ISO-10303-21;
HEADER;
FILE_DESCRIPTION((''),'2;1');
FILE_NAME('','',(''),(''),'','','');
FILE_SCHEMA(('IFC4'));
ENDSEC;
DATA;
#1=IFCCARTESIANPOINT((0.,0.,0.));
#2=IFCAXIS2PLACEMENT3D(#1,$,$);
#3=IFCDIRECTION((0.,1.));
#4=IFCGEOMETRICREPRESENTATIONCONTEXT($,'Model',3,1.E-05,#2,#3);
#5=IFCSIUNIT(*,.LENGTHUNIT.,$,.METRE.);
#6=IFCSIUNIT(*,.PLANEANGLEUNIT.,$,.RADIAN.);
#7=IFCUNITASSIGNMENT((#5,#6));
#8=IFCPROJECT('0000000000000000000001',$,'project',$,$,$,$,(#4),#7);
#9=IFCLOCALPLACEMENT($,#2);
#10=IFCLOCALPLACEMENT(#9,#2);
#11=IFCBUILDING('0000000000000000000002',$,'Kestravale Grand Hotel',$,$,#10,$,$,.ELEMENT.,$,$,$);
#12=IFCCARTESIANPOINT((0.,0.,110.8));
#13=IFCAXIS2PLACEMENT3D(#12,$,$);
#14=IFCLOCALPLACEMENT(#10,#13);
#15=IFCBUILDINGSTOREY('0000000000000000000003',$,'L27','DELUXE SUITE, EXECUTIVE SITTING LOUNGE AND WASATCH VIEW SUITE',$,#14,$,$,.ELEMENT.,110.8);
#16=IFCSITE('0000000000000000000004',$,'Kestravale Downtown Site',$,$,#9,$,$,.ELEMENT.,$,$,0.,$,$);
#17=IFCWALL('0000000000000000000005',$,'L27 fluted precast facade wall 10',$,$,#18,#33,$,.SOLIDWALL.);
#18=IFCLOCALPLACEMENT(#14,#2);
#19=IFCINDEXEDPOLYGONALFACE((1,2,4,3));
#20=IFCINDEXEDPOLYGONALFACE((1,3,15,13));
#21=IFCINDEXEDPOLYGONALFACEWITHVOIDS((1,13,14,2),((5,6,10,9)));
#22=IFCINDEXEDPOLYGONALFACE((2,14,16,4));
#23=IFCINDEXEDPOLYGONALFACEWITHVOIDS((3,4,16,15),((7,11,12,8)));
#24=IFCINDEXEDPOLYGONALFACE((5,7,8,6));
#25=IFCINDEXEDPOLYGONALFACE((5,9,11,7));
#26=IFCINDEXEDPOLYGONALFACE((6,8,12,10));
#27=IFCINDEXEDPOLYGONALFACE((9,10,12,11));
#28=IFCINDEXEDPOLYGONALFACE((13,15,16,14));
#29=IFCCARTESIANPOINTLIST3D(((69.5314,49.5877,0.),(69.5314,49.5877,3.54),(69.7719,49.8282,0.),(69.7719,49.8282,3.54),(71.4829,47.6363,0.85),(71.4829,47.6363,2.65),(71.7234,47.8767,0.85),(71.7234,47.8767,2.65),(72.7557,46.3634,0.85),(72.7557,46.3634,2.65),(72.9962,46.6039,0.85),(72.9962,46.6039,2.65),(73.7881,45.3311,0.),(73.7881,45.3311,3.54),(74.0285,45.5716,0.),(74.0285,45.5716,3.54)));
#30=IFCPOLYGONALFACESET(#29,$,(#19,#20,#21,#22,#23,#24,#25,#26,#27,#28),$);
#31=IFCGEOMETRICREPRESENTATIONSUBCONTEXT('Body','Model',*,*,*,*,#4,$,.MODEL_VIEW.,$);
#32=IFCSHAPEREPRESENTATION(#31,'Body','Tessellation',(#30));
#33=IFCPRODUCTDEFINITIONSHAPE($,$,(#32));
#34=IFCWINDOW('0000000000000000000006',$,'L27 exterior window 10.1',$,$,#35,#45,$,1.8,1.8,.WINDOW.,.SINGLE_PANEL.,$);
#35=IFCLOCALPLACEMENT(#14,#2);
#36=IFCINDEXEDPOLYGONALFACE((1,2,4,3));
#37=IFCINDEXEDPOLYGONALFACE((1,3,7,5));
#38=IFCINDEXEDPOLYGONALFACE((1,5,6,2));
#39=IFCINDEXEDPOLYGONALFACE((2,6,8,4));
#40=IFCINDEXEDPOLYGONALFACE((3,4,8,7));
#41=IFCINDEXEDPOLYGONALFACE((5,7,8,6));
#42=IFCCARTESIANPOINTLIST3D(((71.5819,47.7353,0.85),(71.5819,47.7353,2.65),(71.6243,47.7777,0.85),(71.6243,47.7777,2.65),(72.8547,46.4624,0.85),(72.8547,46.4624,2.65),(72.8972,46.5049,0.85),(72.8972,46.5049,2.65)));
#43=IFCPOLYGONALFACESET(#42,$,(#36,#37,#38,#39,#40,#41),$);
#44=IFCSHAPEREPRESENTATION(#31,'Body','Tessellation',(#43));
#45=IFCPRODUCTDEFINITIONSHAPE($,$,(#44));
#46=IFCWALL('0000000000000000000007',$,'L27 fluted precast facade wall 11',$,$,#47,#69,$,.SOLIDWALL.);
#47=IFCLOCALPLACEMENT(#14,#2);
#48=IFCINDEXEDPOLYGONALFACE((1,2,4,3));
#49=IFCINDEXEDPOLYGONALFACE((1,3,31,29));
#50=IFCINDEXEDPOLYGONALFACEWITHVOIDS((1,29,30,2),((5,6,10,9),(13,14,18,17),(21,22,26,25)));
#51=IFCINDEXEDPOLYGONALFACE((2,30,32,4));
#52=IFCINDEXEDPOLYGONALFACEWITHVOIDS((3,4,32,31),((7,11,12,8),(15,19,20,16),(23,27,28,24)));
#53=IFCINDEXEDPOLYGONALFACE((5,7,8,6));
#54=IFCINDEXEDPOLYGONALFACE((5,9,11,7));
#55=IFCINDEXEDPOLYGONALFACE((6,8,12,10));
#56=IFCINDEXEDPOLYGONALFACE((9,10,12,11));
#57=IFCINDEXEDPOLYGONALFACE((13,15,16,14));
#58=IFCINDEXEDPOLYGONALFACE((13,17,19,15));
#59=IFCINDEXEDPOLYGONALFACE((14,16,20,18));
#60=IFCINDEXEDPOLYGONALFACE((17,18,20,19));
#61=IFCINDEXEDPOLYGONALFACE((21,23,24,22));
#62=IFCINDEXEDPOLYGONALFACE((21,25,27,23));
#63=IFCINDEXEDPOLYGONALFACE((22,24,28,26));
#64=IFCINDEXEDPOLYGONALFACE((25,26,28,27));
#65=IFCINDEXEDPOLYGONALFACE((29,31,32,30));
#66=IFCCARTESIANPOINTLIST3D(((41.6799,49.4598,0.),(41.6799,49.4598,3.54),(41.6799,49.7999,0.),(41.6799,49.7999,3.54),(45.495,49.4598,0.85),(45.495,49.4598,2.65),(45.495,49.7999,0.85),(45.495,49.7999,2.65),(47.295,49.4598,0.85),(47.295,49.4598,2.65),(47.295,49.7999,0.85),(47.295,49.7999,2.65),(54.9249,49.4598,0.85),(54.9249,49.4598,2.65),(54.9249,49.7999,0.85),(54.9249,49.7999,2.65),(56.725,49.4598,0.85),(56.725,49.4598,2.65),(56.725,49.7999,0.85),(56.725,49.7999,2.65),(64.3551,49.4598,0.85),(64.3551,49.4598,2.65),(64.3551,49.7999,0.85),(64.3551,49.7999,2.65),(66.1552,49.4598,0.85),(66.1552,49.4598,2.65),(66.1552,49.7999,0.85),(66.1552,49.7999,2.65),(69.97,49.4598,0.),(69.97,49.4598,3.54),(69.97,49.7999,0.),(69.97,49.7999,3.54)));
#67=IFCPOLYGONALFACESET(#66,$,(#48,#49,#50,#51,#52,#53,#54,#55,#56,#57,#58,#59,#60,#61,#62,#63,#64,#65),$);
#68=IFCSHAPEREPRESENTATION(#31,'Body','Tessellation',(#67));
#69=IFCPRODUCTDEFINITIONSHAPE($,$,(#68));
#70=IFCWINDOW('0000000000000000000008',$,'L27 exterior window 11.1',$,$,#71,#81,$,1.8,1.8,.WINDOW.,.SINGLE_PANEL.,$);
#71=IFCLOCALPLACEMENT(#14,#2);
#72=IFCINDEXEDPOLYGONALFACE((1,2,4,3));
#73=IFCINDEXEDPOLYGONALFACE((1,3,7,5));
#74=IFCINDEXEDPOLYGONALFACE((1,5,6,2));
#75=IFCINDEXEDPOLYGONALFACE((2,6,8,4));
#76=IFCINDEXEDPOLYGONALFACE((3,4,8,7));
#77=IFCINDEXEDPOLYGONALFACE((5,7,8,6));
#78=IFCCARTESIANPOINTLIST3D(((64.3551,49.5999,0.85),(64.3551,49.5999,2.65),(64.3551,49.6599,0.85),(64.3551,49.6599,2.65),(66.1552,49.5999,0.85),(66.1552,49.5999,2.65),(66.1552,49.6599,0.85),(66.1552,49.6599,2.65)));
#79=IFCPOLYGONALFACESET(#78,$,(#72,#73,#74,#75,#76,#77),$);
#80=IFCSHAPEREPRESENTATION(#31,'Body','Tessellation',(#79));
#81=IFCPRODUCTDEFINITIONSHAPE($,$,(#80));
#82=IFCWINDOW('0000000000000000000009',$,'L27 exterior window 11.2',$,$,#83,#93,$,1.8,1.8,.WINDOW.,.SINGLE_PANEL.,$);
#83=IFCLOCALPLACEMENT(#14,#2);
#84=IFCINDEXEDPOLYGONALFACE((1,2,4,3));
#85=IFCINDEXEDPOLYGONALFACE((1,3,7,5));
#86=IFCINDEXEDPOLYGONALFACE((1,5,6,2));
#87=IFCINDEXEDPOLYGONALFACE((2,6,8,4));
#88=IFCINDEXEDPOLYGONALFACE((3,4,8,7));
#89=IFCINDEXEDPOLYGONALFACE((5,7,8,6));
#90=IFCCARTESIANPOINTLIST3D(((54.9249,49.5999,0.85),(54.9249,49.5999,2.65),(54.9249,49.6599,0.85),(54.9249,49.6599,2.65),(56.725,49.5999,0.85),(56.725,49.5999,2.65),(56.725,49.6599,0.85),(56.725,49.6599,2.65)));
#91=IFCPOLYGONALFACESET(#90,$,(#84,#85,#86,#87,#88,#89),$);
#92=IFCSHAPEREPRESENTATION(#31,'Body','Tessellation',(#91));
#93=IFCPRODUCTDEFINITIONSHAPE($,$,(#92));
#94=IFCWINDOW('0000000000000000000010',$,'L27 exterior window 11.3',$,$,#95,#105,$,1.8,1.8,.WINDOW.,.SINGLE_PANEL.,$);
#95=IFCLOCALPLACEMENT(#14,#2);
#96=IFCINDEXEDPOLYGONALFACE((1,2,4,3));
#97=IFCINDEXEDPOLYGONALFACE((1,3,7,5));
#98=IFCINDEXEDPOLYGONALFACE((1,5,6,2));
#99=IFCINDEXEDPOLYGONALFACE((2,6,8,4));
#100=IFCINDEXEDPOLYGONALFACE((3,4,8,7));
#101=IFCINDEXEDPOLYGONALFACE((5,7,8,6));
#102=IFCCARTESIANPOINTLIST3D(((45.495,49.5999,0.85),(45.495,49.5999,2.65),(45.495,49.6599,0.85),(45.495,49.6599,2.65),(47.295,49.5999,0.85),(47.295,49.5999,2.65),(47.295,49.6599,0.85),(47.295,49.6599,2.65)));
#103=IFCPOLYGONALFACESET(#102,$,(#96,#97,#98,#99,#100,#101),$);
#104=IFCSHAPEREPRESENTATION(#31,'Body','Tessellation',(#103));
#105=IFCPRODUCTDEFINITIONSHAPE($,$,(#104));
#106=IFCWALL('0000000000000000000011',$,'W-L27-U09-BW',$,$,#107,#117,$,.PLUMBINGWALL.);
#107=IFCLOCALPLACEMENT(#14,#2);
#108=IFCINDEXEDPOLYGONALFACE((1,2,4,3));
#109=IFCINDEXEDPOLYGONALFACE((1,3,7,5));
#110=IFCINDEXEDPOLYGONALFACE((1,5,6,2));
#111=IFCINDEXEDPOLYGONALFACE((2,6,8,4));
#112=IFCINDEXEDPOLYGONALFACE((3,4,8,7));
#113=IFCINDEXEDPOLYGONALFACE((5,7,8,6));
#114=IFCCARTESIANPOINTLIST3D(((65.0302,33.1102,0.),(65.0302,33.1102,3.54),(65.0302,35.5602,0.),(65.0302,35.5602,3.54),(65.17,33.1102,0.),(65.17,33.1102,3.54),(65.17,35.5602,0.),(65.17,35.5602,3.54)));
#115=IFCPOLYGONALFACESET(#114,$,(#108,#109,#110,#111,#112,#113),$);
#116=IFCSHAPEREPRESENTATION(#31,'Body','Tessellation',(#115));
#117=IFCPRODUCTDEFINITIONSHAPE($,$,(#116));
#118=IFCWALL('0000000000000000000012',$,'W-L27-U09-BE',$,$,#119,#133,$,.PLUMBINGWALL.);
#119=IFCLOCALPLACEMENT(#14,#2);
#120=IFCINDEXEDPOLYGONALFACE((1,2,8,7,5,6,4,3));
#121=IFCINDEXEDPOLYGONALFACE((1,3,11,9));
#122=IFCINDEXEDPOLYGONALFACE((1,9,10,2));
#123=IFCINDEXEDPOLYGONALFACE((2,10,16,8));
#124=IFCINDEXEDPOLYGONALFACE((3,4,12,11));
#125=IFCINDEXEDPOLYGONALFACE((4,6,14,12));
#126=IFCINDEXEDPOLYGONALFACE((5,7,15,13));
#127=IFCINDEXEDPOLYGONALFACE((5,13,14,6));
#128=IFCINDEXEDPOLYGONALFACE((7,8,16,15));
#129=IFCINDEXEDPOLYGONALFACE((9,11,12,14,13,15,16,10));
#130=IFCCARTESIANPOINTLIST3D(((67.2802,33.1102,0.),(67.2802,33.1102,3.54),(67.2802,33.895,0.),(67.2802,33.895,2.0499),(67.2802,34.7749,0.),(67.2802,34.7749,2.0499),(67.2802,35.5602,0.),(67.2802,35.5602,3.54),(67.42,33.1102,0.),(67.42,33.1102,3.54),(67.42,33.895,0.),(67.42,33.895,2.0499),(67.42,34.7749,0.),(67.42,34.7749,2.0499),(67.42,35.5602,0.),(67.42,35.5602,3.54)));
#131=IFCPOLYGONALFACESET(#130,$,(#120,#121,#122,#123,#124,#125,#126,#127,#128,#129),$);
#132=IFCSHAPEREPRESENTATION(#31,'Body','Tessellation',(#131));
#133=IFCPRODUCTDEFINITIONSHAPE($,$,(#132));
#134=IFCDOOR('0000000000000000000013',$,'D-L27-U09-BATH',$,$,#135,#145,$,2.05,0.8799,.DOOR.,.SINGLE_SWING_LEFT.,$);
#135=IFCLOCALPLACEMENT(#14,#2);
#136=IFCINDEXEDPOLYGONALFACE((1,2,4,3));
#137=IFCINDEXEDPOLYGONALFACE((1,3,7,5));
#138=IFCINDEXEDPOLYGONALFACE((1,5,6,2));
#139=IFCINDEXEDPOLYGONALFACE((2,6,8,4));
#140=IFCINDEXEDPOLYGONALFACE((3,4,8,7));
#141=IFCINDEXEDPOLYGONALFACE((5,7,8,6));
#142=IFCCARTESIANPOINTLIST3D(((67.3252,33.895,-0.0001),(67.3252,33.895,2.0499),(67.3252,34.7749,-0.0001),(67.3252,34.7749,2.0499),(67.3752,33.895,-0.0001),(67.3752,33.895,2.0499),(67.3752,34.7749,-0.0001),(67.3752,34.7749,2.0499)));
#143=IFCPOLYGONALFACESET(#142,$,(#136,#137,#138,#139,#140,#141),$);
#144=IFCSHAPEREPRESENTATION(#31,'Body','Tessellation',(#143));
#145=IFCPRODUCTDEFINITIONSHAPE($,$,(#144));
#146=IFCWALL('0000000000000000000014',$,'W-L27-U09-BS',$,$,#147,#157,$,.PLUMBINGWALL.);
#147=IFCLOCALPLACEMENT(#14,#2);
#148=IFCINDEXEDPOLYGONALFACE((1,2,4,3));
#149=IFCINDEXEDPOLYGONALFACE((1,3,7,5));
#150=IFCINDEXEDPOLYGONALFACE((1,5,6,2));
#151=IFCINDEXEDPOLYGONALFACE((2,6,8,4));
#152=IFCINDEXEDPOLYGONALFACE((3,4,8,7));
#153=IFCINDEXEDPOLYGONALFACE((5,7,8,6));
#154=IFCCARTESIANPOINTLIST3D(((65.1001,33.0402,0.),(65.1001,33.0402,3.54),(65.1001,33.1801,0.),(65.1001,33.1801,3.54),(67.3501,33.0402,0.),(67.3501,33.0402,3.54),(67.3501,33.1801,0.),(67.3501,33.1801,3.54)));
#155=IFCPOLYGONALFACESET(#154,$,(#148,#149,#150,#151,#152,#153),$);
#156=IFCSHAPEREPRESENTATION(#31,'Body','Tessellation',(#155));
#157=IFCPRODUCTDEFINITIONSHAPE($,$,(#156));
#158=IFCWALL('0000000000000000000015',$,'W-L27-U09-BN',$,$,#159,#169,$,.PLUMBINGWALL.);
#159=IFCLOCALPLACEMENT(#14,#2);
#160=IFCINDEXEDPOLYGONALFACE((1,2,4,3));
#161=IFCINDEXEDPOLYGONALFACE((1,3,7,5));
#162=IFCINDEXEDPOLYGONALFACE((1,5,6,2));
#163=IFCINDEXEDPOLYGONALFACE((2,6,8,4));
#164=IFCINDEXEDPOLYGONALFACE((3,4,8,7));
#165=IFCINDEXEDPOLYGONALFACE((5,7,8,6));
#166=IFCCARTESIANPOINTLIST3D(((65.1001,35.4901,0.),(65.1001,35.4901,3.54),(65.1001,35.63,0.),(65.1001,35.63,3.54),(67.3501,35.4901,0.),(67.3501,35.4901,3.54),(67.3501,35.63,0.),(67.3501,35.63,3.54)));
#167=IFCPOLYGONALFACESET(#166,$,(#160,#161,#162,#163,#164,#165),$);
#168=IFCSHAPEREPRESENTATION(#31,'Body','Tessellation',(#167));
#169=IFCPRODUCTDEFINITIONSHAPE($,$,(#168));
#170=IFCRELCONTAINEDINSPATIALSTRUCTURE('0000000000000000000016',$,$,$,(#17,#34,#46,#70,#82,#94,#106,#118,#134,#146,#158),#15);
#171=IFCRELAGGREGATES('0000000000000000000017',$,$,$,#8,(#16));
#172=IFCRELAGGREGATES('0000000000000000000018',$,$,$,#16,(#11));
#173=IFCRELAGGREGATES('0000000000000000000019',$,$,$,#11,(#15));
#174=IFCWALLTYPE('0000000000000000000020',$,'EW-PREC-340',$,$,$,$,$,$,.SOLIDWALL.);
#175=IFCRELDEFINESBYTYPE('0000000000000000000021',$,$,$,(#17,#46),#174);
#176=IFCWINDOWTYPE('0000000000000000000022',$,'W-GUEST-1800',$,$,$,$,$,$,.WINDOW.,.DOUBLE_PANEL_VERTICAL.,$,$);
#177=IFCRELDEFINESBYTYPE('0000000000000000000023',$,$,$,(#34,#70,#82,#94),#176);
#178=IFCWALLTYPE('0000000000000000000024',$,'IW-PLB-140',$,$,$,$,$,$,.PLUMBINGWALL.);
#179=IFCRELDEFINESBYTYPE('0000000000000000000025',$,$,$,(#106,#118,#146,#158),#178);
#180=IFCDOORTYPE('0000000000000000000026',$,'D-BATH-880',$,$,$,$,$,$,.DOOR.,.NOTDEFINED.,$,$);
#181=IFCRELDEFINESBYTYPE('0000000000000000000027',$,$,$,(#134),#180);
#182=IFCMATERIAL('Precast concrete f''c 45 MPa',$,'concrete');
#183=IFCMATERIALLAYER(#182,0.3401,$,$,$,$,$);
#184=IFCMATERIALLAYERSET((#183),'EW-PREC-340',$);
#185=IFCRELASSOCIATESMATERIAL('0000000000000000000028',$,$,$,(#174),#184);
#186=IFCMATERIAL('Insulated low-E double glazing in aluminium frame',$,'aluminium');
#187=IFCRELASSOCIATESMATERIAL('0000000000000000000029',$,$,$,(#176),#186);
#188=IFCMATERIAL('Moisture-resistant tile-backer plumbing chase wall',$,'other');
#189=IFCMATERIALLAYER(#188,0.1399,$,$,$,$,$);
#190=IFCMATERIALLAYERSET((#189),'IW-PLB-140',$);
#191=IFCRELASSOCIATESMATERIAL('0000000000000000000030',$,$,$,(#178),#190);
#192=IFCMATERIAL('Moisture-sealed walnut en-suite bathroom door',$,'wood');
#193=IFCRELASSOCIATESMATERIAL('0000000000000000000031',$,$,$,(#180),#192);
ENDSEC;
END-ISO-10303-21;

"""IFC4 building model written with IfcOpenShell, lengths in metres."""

from ifc_helpers import new_model, si_unit, direction, frame, frame_2d, origin, place, context, subcontext, project, spatial, rectangle, extrude, material, layer, layer_set, type_object, element, fill, save


model = new_model("IFC4")

# Units and contexts
model_context = context("Model", 3, precision=1e-05, world=origin(), true_north=direction((0.0, 1.0)))
body_context = subcontext(model_context, "Body", "Model", "MODEL_VIEW")
ifc_project = project(units=[si_unit("LENGTHUNIT", "METRE"), si_unit("PLANEANGLEUNIT", "RADIAN")], contexts=[model_context])

# Site, building, storey
site_placement = place(None, origin())
site = spatial("IfcSite", under=ifc_project, at=site_placement, Name="Kestravale Downtown Site", CompositionType="ELEMENT", RefElevation=0.0)
building_placement = place(site_placement, origin())
building = spatial("IfcBuilding", under=site, at=building_placement, Name="Kestravale Grand Hotel", CompositionType="ELEMENT")
storey_placement = place(building_placement, frame((0.0, 0.0, 110.8)))
storey = spatial("IfcBuildingStorey", under=building, at=storey_placement, Name="L27", Description="DELUXE SUITE, EXECUTIVE SITTING LOUNGE AND WASATCH VIEW SUITE", CompositionType="ELEMENT", Elevation=110.8)

# Wall, opening, window
ifc_material_1 = material(Name="Precast concrete f'c 45 MPa", Category="concrete")
ifc_layer_1 = layer(ifc_material_1, 0.3401)
ifc_layer_set_1 = layer_set([ifc_layer_1], Name="EW-PREC-340")
wall_type_1 = type_object("IfcWallType", Name="EW-PREC-340", PredefinedType="SOLIDWALL", material=ifc_layer_set_1)
wall_1_placement = place(storey_placement, frame((73.9082, 45.4514, 0.0), z_axis=(0.0, 0.0, 1.0), x_axis=(-0.707107, 0.707107, 0.0)))
wall_1 = element("IfcWall", 1, at=wall_1_placement, inside=storey, type_object=wall_type_1, Name="L27 fluted precast facade wall 10", PredefinedType="SOLIDWALL", context=body_context, shape_type="SweptSolid", body=[
    extrude(rectangle(XDim=6.0198, YDim=0.3401, at=frame_2d((3.0098, 0.0))), origin(), (0.0, 0.0, 1.0), 3.54),
])
opening_1_placement = place(wall_1_placement, frame((1.46, 0.0, 0.8501)))
opening_1 = element("IfcOpeningElement", 2, at=opening_1_placement, cuts=wall_1, PredefinedType="OPENING", context=body_context, shape_type="SweptSolid", body=[
    extrude(rectangle(XDim=1.8, YDim=1.8, at=frame_2d((0.8999, 0.8999))), frame((0.0, 0.1799, 0.0), z_axis=(0.0, -1.0, 0.0), x_axis=(1.0, 0.0, 0.0)), (0.0, 0.0, 1.0), 0.3601),
])
ifc_material_2 = material(Name="Insulated low-E double glazing in aluminium frame", Category="aluminium")
window_type = type_object("IfcWindowType", Name="W-GUEST-1800", PartitioningType="DOUBLE_PANEL_VERTICAL", PredefinedType="WINDOW", material=ifc_material_2)
window_1_placement = place(opening_1_placement, origin())
window_1 = element("IfcWindow", 3, at=window_1_placement, inside=storey, type_object=window_type, Name="L27 exterior window 10.1", OverallHeight=1.8, OverallWidth=1.8, PartitioningType="SINGLE_PANEL", PredefinedType="WINDOW", context=body_context, shape_type="SweptSolid", body=[
    extrude(rectangle(XDim=1.8, YDim=1.8, at=frame_2d((0.8999, 0.8999))), frame((0.0, 0.03, 0.0), z_axis=(0.0, -1.0, 0.0), x_axis=(1.0, 0.0, 0.0)), (0.0, 0.0, 1.0), 0.0601),
])
fill(opening_1, window_1)

# Wall, openings, windows
wall_2_placement = place(storey_placement, frame((69.97, 49.6299, 0.0), z_axis=(0.0, 0.0, 1.0), x_axis=(-1.0, 0.0, 0.0)))
wall_2 = element("IfcWall", 4, at=wall_2_placement, inside=storey, type_object=wall_type_1, Name="L27 fluted precast facade wall 11", PredefinedType="SOLIDWALL", context=body_context, shape_type="SweptSolid", body=[
    extrude(rectangle(XDim=28.29, YDim=0.3401, at=frame_2d((14.145, 0.0))), origin(), (0.0, 0.0, 1.0), 3.54),
])
opening_2_placement = place(wall_2_placement, frame((3.8149, 0.0, 0.8501)))
opening_2 = element("IfcOpeningElement", 5, at=opening_2_placement, cuts=wall_2, PredefinedType="OPENING", context=body_context, shape_type="SweptSolid", body=[
    extrude(rectangle(XDim=1.8, YDim=1.8, at=frame_2d((0.8999, 0.8999))), frame((0.0, 0.1799, 0.0), z_axis=(0.0, -1.0, 0.0), x_axis=(1.0, 0.0, 0.0)), (0.0, 0.0, 1.0), 0.3601),
])
opening_3_placement = place(wall_2_placement, frame((13.2451, 0.0, 0.8501)))
opening_3 = element("IfcOpeningElement", 6, at=opening_3_placement, cuts=wall_2, PredefinedType="OPENING", context=body_context, shape_type="SweptSolid", body=[
    extrude(rectangle(XDim=1.8, YDim=1.8, at=frame_2d((0.8999, 0.8999))), frame((0.0, 0.1799, 0.0), z_axis=(0.0, -1.0, 0.0), x_axis=(1.0, 0.0, 0.0)), (0.0, 0.0, 1.0), 0.3601),
])
opening_4_placement = place(wall_2_placement, frame((22.675, 0.0, 0.8501)))
opening_4 = element("IfcOpeningElement", 7, at=opening_4_placement, cuts=wall_2, PredefinedType="OPENING", context=body_context, shape_type="SweptSolid", body=[
    extrude(rectangle(XDim=1.8, YDim=1.8, at=frame_2d((0.8999, 0.8999))), frame((0.0, 0.1799, 0.0), z_axis=(0.0, -1.0, 0.0), x_axis=(1.0, 0.0, 0.0)), (0.0, 0.0, 1.0), 0.3601),
])
window_2_placement = place(opening_2_placement, origin())
window_2 = element("IfcWindow", 8, at=window_2_placement, inside=storey, type_object=window_type, Name="L27 exterior window 11.1", OverallHeight=1.8, OverallWidth=1.8, PartitioningType="SINGLE_PANEL", PredefinedType="WINDOW", context=body_context, shape_type="SweptSolid", body=[
    extrude(rectangle(XDim=1.8, YDim=1.8, at=frame_2d((0.8999, 0.8999))), frame((0.0, 0.03, 0.0), z_axis=(0.0, -1.0, 0.0), x_axis=(1.0, 0.0, 0.0)), (0.0, 0.0, 1.0), 0.0601),
])
fill(opening_2, window_2)
window_3_placement = place(opening_3_placement, origin())
window_3 = element("IfcWindow", 9, at=window_3_placement, inside=storey, type_object=window_type, Name="L27 exterior window 11.2", OverallHeight=1.8, OverallWidth=1.8, PartitioningType="SINGLE_PANEL", PredefinedType="WINDOW", context=body_context, shape_type="SweptSolid", body=[
    extrude(rectangle(XDim=1.8, YDim=1.8, at=frame_2d((0.8999, 0.8999))), frame((0.0, 0.03, 0.0), z_axis=(0.0, -1.0, 0.0), x_axis=(1.0, 0.0, 0.0)), (0.0, 0.0, 1.0), 0.0601),
])
fill(opening_3, window_3)
window_4_placement = place(opening_4_placement, origin())
window_4 = element("IfcWindow", 10, at=window_4_placement, inside=storey, type_object=window_type, Name="L27 exterior window 11.3", OverallHeight=1.8, OverallWidth=1.8, PartitioningType="SINGLE_PANEL", PredefinedType="WINDOW", context=body_context, shape_type="SweptSolid", body=[
    extrude(rectangle(XDim=1.8, YDim=1.8, at=frame_2d((0.8999, 0.8999))), frame((0.0, 0.03, 0.0), z_axis=(0.0, -1.0, 0.0), x_axis=(1.0, 0.0, 0.0)), (0.0, 0.0, 1.0), 0.0601),
])
fill(opening_4, window_4)

# Wall
ifc_material_3 = material(Name="Moisture-resistant tile-backer plumbing chase wall", Category="other")
ifc_layer_2 = layer(ifc_material_3, 0.1399)
ifc_layer_set_2 = layer_set([ifc_layer_2], Name="IW-PLB-140")
wall_type_2 = type_object("IfcWallType", Name="IW-PLB-140", PredefinedType="PLUMBINGWALL", material=ifc_layer_set_2)
wall_3_placement = place(storey_placement, frame((65.1001, 33.1101, 0.0), z_axis=(0.0, 0.0, 1.0), x_axis=(0.0, 1.0, 0.0)))
element("IfcWall", 11, at=wall_3_placement, inside=storey, type_object=wall_type_2, Name="W-L27-U09-BW", PredefinedType="PLUMBINGWALL", context=body_context, shape_type="SweptSolid", body=[
    extrude(rectangle(XDim=2.45, YDim=0.1399, at=frame_2d((1.2251, 0.0))), origin(), (0.0, 0.0, 1.0), 3.54),
])

# Wall, opening, door
wall_4_placement = place(storey_placement, frame((67.3501, 33.1101, 0.0), z_axis=(0.0, 0.0, 1.0), x_axis=(0.0, 1.0, 0.0)))
wall_4 = element("IfcWall", 12, at=wall_4_placement, inside=storey, type_object=wall_type_2, Name="W-L27-U09-BE", PredefinedType="PLUMBINGWALL", context=body_context, shape_type="SweptSolid", body=[
    extrude(rectangle(XDim=2.45, YDim=0.1399, at=frame_2d((1.2251, 0.0))), origin(), (0.0, 0.0, 1.0), 3.54),
])
opening_5_placement = place(wall_4_placement, frame((0.7849, 0.0, 0.0)))
opening_5 = element("IfcOpeningElement", 13, at=opening_5_placement, cuts=wall_4, PredefinedType="OPENING", context=body_context, shape_type="SweptSolid", body=[
    extrude(rectangle(XDim=0.8799, YDim=2.05, at=frame_2d((0.4399, 1.0249))), frame((0.0, 0.0798, 0.0), z_axis=(0.0, -1.0, 0.0), x_axis=(1.0, 0.0, 0.0)), (0.0, 0.0, 1.0), 0.1599),
])
ifc_material_4 = material(Name="Moisture-sealed walnut en-suite bathroom door", Category="wood")
door_type = type_object("IfcDoorType", Name="D-BATH-880", OperationType="NOTDEFINED", PredefinedType="DOOR", material=ifc_material_4)
door_placement = place(opening_5_placement, origin())
door = element("IfcDoor", 14, at=door_placement, inside=storey, type_object=door_type, Name="D-L27-U09-BATH", OperationType="SINGLE_SWING_LEFT", OverallHeight=2.05, OverallWidth=0.8799, PredefinedType="DOOR", context=body_context, shape_type="SweptSolid", body=[
    extrude(rectangle(XDim=0.8799, YDim=2.05, at=frame_2d((0.4399, 1.0249))), frame((0.0, 0.0249, 0.0), z_axis=(0.0, -1.0, 0.0), x_axis=(1.0, 0.0, 0.0)), (0.0, 0.0, 1.0), 0.05),
])
fill(opening_5, door)

# Walls
for number, where, z_axis, x_axis, name in (
    (15, (65.1001, 33.1101, 0.0), (0.0, 0.0, 1.0), (1.0, 0.0, 0.0), "W-L27-U09-BS"),
    (16, (65.1001, 35.5601, 0.0), (0.0, 0.0, 1.0), (1.0, 0.0, 0.0), "W-L27-U09-BN"),
):
    element("IfcWall", number, at=place(storey_placement, frame(where, z_axis=z_axis, x_axis=x_axis)), inside=storey, type_object=wall_type_2, Name=name, PredefinedType="PLUMBINGWALL", context=body_context, shape_type="SweptSolid", body=[
        extrude(rectangle(XDim=2.25, YDim=0.1399, at=frame_2d((1.125, 0.0))), origin(), (0.0, 0.0, 1.0), 3.54),
    ])

save(model, "model.ifc")
